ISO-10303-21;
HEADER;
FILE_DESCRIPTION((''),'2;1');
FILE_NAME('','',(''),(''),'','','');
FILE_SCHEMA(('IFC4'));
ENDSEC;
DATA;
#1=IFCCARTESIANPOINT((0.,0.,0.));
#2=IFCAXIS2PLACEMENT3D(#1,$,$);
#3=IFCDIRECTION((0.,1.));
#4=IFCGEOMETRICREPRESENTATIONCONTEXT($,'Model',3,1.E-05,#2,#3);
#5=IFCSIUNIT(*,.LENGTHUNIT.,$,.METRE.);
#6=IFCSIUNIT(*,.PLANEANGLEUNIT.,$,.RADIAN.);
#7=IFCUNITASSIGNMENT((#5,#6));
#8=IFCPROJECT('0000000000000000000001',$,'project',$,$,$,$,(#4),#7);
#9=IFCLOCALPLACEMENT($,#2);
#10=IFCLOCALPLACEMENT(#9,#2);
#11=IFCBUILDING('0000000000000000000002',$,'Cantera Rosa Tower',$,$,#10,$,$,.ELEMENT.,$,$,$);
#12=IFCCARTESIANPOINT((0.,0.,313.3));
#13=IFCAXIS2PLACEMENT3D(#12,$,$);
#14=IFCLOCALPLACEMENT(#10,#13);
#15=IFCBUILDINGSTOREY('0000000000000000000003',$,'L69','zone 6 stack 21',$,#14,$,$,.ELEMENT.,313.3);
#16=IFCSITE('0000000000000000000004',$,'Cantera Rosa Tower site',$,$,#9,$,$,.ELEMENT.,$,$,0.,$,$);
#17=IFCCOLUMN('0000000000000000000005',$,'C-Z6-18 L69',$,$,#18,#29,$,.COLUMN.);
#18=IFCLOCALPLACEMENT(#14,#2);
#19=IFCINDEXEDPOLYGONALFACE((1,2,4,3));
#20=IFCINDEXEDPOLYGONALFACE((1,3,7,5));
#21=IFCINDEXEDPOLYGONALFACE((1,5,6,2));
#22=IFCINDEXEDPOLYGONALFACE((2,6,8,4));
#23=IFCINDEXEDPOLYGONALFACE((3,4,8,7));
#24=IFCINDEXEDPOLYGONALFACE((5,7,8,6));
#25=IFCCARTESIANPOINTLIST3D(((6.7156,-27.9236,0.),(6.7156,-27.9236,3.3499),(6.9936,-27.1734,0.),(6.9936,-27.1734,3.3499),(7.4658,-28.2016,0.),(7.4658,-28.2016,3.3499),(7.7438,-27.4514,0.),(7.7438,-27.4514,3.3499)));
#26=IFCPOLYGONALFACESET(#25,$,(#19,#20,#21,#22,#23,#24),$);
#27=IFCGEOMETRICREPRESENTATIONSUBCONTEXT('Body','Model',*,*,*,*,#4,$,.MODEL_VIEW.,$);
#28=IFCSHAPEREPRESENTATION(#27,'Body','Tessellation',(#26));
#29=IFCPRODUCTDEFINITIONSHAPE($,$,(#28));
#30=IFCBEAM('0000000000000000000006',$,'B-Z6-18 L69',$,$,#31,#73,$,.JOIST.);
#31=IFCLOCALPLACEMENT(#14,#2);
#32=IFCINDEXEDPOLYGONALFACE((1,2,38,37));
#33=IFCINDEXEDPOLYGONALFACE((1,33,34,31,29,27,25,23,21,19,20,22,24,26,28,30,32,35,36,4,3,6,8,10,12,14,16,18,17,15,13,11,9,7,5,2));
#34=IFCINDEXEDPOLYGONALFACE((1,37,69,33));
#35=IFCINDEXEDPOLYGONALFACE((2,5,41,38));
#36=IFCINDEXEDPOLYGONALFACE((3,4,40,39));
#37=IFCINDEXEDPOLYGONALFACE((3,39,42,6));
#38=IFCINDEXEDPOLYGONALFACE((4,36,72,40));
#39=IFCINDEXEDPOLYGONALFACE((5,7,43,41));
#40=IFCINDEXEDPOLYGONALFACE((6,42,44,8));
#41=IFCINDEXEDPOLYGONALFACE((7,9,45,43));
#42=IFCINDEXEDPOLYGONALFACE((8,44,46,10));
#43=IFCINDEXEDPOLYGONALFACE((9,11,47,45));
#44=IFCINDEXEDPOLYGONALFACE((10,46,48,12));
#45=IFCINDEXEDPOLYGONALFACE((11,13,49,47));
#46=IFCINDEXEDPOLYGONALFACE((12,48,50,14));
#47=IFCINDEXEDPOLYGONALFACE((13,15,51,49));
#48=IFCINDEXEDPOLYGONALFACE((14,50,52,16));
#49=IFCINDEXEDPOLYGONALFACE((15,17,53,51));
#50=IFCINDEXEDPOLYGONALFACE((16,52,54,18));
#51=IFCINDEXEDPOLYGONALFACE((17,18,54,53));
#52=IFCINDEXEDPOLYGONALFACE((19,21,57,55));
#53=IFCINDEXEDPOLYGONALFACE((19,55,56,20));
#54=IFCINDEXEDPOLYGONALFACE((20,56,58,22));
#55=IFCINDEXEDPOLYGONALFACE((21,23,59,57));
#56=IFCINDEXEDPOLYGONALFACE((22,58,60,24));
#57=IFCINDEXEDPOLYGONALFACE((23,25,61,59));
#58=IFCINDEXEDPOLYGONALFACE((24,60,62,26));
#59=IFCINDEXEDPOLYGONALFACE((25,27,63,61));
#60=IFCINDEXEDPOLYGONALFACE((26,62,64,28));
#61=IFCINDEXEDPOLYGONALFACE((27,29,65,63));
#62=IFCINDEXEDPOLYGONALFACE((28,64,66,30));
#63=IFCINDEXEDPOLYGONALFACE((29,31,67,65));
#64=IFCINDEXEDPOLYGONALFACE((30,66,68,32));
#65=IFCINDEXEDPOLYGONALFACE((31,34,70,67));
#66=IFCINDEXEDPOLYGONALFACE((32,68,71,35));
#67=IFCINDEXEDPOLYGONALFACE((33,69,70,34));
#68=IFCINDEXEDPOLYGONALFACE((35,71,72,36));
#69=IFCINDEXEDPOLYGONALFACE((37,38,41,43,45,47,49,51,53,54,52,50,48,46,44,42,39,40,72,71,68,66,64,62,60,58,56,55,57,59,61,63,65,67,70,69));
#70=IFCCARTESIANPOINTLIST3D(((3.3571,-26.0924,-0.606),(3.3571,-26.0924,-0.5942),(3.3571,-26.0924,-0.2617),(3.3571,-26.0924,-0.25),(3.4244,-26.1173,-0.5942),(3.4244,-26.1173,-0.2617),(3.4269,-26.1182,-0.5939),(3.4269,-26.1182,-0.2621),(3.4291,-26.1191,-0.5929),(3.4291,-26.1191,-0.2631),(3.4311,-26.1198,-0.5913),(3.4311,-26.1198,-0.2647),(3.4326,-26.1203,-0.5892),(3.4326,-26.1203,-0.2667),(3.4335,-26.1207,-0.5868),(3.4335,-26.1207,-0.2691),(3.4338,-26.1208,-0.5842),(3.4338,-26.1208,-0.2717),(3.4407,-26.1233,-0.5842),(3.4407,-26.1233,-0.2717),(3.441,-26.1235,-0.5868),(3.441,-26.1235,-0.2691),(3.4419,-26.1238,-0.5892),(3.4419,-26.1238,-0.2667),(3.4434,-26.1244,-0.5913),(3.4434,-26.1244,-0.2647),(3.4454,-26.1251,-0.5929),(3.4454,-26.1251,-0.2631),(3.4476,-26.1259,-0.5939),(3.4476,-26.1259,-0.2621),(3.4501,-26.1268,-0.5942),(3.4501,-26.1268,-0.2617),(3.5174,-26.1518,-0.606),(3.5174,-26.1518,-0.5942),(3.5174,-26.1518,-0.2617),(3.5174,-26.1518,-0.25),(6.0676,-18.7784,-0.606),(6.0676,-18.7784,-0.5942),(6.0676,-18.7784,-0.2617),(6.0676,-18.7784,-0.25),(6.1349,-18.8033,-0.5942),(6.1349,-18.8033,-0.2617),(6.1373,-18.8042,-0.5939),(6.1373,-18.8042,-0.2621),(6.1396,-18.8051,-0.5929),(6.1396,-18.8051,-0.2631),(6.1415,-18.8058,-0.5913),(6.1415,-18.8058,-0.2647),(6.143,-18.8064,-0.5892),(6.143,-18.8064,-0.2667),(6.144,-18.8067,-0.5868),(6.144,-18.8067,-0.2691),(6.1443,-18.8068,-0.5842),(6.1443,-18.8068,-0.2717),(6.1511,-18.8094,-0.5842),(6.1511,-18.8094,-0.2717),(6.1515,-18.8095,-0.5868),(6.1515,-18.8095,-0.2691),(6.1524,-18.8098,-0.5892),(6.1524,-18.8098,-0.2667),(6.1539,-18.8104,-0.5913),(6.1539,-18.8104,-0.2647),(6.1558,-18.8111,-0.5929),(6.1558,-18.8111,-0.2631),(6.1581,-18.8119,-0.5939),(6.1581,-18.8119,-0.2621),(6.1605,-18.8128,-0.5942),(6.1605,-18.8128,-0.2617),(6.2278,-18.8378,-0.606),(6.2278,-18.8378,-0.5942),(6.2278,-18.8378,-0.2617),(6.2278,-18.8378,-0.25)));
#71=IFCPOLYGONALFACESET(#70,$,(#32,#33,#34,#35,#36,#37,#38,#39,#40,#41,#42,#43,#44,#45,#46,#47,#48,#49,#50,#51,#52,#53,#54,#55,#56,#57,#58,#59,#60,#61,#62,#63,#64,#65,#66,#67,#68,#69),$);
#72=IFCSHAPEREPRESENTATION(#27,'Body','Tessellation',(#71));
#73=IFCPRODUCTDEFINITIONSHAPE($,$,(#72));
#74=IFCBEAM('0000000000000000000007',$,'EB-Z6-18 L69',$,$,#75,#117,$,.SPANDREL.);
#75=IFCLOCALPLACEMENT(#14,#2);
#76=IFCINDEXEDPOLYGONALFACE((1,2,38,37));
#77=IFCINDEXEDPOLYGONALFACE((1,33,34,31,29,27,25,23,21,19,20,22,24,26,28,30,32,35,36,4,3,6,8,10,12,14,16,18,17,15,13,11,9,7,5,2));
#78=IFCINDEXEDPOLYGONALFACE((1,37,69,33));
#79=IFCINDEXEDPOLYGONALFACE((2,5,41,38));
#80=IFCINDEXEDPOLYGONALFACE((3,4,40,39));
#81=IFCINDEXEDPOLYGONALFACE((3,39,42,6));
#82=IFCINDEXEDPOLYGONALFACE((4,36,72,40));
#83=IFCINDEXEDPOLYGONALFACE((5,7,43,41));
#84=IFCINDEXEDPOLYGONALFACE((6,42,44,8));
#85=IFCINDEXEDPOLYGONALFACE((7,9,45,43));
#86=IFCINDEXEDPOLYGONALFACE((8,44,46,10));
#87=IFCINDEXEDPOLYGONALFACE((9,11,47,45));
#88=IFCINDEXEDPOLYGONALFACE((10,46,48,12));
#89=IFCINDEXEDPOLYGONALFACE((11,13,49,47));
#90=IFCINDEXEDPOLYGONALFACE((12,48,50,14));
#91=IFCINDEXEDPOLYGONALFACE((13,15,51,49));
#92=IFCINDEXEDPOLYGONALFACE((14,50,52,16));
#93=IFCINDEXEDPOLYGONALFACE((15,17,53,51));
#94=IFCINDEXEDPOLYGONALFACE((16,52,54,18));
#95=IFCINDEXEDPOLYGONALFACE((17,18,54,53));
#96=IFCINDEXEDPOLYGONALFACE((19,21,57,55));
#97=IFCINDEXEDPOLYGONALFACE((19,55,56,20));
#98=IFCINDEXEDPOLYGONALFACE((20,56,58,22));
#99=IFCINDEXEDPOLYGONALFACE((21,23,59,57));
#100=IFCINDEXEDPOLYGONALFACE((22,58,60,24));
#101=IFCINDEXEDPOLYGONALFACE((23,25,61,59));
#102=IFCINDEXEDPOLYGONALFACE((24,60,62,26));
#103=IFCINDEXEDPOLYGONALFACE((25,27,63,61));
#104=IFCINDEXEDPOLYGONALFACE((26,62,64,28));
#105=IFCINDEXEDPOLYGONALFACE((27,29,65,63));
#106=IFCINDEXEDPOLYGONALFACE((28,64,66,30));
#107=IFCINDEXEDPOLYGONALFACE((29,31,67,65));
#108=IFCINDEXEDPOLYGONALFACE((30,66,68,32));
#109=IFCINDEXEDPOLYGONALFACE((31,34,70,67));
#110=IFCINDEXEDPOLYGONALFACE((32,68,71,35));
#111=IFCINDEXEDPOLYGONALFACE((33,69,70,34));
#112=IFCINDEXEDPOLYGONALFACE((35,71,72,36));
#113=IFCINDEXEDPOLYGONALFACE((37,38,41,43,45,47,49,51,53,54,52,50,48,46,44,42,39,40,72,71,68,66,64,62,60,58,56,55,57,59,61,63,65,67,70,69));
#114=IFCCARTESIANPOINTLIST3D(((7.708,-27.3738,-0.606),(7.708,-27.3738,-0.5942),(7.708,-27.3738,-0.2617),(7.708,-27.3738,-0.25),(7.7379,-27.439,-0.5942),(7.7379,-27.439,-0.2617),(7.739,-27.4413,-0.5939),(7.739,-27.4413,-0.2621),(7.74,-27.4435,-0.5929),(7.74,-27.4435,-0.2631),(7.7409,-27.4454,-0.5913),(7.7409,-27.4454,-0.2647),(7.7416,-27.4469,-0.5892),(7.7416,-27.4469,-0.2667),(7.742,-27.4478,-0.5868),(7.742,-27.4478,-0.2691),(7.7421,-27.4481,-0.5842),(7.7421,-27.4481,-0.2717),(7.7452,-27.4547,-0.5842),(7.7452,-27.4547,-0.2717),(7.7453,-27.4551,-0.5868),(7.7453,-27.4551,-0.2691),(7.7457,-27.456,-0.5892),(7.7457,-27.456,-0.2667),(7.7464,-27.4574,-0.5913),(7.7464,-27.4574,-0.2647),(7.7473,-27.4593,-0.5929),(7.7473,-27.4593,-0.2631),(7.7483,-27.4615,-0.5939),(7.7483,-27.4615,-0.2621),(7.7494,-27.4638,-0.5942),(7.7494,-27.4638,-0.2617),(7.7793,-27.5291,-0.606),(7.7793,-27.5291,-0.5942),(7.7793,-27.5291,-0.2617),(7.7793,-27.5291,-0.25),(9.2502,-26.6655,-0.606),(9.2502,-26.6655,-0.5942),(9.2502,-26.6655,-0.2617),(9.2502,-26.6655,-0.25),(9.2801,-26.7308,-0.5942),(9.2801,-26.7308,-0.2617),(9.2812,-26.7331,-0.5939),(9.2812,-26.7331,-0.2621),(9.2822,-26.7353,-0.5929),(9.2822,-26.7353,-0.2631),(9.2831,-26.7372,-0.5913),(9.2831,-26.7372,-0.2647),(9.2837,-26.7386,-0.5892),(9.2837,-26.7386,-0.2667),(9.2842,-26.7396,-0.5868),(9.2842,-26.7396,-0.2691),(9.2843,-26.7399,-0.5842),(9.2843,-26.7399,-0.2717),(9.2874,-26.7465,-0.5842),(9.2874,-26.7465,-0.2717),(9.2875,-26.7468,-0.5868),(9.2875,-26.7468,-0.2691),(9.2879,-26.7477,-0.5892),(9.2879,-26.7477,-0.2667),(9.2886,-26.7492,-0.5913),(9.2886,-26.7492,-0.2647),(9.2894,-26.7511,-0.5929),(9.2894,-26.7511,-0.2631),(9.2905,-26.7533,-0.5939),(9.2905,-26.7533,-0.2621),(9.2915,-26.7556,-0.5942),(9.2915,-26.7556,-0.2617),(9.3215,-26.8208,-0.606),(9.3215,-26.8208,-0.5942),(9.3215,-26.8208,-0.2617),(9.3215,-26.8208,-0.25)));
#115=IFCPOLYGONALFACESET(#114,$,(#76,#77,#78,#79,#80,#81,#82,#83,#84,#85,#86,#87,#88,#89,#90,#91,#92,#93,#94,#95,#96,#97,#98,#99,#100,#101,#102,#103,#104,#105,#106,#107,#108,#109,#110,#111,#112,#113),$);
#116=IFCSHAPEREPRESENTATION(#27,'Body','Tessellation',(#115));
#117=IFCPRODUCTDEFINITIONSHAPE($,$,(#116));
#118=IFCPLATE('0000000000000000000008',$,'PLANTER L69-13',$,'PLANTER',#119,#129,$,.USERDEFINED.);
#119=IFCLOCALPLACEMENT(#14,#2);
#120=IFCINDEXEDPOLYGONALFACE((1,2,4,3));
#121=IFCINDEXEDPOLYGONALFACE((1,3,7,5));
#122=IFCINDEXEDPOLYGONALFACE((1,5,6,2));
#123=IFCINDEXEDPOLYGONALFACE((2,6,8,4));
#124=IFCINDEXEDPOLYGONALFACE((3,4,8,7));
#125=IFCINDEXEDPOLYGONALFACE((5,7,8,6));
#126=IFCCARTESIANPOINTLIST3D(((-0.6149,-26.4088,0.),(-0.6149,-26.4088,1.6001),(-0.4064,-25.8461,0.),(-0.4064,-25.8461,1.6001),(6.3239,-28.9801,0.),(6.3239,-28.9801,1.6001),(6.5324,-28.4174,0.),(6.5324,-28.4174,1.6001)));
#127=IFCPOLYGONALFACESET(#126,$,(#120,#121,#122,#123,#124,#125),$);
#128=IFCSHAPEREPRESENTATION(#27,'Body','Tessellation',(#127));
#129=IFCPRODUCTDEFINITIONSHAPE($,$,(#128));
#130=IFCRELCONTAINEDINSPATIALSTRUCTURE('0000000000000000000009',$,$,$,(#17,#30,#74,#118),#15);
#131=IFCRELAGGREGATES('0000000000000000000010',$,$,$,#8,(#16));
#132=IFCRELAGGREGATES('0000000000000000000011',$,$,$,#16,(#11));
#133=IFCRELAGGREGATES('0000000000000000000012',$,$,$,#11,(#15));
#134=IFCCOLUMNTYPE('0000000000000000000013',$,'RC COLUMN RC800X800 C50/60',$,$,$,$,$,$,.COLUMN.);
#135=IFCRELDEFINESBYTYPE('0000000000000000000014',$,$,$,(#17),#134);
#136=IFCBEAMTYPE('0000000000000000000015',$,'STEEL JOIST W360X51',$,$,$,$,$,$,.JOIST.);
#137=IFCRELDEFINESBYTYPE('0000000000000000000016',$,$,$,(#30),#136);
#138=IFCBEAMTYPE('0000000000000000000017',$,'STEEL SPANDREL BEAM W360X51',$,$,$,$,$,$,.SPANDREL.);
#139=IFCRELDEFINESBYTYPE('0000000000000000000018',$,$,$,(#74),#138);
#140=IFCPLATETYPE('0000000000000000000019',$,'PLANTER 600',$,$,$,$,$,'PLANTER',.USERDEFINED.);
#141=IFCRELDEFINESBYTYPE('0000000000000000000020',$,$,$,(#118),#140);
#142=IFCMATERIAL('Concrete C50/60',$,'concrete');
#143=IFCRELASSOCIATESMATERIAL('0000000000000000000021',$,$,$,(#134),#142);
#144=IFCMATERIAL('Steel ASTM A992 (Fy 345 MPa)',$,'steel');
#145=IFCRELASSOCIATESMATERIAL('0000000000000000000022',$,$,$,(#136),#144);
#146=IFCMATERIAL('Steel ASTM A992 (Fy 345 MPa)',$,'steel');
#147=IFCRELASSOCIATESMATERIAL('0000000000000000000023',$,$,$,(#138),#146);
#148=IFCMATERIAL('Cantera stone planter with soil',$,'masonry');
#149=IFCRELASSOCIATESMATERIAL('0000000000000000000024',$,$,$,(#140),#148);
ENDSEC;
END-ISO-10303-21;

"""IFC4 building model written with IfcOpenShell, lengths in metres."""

from ifc_helpers import new_model, si_unit, direction, frame, origin, origin_2d, place, context, subcontext, project, spatial, rectangle, i_section, extrude, material, material_profile, profile_set, type_object, element, save


model = new_model("IFC4")

# Units and contexts
model_context = context("Model", 3, precision=1e-05, world=origin(), true_north=direction((0.0, 1.0)))
body_context = subcontext(model_context, "Body", "Model", "MODEL_VIEW")
ifc_project = project(units=[si_unit("LENGTHUNIT", "METRE"), si_unit("PLANEANGLEUNIT", "RADIAN")], contexts=[model_context])

# Site, building, storey
site_placement = place(None, origin())
site = spatial("IfcSite", under=ifc_project, at=site_placement, Name="Cantera Rosa Tower site", CompositionType="ELEMENT", RefElevation=0.0)
building_placement = place(site_placement, origin())
building = spatial("IfcBuilding", under=site, at=building_placement, Name="Cantera Rosa Tower", CompositionType="ELEMENT")
storey_placement = place(building_placement, frame((0.0, 0.0, 313.3)))
storey = spatial("IfcBuildingStorey", under=building, at=storey_placement, Name="L69", Description="zone 6 stack 21", CompositionType="ELEMENT", Elevation=313.3)

# Column
ifc_material_1 = material(Name="Concrete C50/60", Category="concrete")
ifc_material_profile_1 = material_profile(ifc_material_1, rectangle(XDim=0.8, YDim=0.8, at=origin_2d()), Name="RC COLUMN RC800X800 C50/60")
ifc_profile_set_1 = profile_set([ifc_material_profile_1], Name="Concrete C50/60")
column_type = type_object("IfcColumnType", Name="RC COLUMN RC800X800 C50/60", PredefinedType="COLUMN", material=ifc_profile_set_1)
column_placement = place(storey_placement, frame((7.2297, -27.6875, 0.0), z_axis=(0.0, 0.0, 1.0), x_axis=(0.347481, 0.937687, 0.0)))
element("IfcColumn", 1, at=column_placement, inside=storey, type_object=column_type, Name="C-Z6-18 L69", PredefinedType="COLUMN", context=body_context, shape_type="SweptSolid", body=[
    extrude(rectangle(XDim=0.8, YDim=0.8, at=origin_2d()), origin(), (0.0, 0.0, 1.0), 3.3499),
])

# Beams
ifc_material_2 = material(Name="Steel ASTM A992 (Fy 345 MPa)", Category="steel")
ifc_material_profile_2 = material_profile(ifc_material_2, i_section(OverallWidth=0.1709, OverallDepth=0.356, WebThickness=0.0073, FlangeThickness=0.0117, FilletRadius=0.01, at=origin_2d()), Name="W360X51")
ifc_profile_set_2 = profile_set([ifc_material_profile_2], Name="Steel ASTM A992 (Fy 345 MPa)")
beam_type_1 = type_object("IfcBeamType", Name="STEEL JOIST W360X51", PredefinedType="JOIST", material=ifc_profile_set_2)
beam_1_placement = place(storey_placement, frame((3.4373, -26.1221, -0.428), z_axis=(0.347492, 0.937683, 0.0), x_axis=(-0.937683, 0.347492, 0.0)))
element("IfcBeam", 2, at=beam_1_placement, inside=storey, type_object=beam_type_1, Name="B-Z6-18 L69", PredefinedType="JOIST", context=body_context, shape_type="SweptSolid", body=[
    extrude(i_section(OverallWidth=0.1709, OverallDepth=0.356, WebThickness=0.0073, FlangeThickness=0.0117, FilletRadius=0.01, at=origin_2d()), origin(), (0.0, 0.0, 1.0), 7.8),
])
ifc_material_3 = material(Name="Steel ASTM A992 (Fy 345 MPa)", Category="steel")
ifc_material_profile_3 = material_profile(ifc_material_3, i_section(OverallWidth=0.1709, OverallDepth=0.356, WebThickness=0.0073, FlangeThickness=0.0117, FilletRadius=0.01, at=origin_2d()), Name="W360X51")
ifc_profile_set_3 = profile_set([ifc_material_profile_3], Name="Steel ASTM A992 (Fy 345 MPa)")
beam_type_2 = type_object("IfcBeamType", Name="STEEL SPANDREL BEAM W360X51", PredefinedType="SPANDREL", material=ifc_profile_set_3)
beam_2_placement = place(storey_placement, frame((7.7437, -27.4514, -0.428), z_axis=(0.908754, 0.417333, 0.0), x_axis=(-0.417333, 0.908754, 0.0)))
element("IfcBeam", 3, at=beam_2_placement, inside=storey, type_object=beam_type_2, Name="EB-Z6-18 L69", PredefinedType="SPANDREL", context=body_context, shape_type="SweptSolid", body=[
    extrude(i_section(OverallWidth=0.1709, OverallDepth=0.356, WebThickness=0.0073, FlangeThickness=0.0117, FilletRadius=0.01, at=origin_2d()), origin(), (0.0, 0.0, 1.0), 1.697),
])

# Plate
ifc_material_4 = material(Name="Cantera stone planter with soil", Category="masonry")
plate_type = type_object("IfcPlateType", Name="PLANTER 600", ElementType="PLANTER", PredefinedType="USERDEFINED", material=ifc_material_4)
plate_placement = place(storey_placement, frame((2.9587, -27.4131, 0.0), z_axis=(0.0, 0.0, 1.0), x_axis=(0.937687, -0.347481, 0.0)))
element("IfcPlate", 4, at=plate_placement, inside=storey, type_object=plate_type, Name="PLANTER L69-13", ObjectType="PLANTER", PredefinedType="USERDEFINED", context=body_context, shape_type="SweptSolid", body=[
    extrude(rectangle(XDim=7.3999, YDim=0.6001, at=origin_2d()), origin(), (0.0, 0.0, 1.0), 1.6001),
])

save(model, "model.ifc")
